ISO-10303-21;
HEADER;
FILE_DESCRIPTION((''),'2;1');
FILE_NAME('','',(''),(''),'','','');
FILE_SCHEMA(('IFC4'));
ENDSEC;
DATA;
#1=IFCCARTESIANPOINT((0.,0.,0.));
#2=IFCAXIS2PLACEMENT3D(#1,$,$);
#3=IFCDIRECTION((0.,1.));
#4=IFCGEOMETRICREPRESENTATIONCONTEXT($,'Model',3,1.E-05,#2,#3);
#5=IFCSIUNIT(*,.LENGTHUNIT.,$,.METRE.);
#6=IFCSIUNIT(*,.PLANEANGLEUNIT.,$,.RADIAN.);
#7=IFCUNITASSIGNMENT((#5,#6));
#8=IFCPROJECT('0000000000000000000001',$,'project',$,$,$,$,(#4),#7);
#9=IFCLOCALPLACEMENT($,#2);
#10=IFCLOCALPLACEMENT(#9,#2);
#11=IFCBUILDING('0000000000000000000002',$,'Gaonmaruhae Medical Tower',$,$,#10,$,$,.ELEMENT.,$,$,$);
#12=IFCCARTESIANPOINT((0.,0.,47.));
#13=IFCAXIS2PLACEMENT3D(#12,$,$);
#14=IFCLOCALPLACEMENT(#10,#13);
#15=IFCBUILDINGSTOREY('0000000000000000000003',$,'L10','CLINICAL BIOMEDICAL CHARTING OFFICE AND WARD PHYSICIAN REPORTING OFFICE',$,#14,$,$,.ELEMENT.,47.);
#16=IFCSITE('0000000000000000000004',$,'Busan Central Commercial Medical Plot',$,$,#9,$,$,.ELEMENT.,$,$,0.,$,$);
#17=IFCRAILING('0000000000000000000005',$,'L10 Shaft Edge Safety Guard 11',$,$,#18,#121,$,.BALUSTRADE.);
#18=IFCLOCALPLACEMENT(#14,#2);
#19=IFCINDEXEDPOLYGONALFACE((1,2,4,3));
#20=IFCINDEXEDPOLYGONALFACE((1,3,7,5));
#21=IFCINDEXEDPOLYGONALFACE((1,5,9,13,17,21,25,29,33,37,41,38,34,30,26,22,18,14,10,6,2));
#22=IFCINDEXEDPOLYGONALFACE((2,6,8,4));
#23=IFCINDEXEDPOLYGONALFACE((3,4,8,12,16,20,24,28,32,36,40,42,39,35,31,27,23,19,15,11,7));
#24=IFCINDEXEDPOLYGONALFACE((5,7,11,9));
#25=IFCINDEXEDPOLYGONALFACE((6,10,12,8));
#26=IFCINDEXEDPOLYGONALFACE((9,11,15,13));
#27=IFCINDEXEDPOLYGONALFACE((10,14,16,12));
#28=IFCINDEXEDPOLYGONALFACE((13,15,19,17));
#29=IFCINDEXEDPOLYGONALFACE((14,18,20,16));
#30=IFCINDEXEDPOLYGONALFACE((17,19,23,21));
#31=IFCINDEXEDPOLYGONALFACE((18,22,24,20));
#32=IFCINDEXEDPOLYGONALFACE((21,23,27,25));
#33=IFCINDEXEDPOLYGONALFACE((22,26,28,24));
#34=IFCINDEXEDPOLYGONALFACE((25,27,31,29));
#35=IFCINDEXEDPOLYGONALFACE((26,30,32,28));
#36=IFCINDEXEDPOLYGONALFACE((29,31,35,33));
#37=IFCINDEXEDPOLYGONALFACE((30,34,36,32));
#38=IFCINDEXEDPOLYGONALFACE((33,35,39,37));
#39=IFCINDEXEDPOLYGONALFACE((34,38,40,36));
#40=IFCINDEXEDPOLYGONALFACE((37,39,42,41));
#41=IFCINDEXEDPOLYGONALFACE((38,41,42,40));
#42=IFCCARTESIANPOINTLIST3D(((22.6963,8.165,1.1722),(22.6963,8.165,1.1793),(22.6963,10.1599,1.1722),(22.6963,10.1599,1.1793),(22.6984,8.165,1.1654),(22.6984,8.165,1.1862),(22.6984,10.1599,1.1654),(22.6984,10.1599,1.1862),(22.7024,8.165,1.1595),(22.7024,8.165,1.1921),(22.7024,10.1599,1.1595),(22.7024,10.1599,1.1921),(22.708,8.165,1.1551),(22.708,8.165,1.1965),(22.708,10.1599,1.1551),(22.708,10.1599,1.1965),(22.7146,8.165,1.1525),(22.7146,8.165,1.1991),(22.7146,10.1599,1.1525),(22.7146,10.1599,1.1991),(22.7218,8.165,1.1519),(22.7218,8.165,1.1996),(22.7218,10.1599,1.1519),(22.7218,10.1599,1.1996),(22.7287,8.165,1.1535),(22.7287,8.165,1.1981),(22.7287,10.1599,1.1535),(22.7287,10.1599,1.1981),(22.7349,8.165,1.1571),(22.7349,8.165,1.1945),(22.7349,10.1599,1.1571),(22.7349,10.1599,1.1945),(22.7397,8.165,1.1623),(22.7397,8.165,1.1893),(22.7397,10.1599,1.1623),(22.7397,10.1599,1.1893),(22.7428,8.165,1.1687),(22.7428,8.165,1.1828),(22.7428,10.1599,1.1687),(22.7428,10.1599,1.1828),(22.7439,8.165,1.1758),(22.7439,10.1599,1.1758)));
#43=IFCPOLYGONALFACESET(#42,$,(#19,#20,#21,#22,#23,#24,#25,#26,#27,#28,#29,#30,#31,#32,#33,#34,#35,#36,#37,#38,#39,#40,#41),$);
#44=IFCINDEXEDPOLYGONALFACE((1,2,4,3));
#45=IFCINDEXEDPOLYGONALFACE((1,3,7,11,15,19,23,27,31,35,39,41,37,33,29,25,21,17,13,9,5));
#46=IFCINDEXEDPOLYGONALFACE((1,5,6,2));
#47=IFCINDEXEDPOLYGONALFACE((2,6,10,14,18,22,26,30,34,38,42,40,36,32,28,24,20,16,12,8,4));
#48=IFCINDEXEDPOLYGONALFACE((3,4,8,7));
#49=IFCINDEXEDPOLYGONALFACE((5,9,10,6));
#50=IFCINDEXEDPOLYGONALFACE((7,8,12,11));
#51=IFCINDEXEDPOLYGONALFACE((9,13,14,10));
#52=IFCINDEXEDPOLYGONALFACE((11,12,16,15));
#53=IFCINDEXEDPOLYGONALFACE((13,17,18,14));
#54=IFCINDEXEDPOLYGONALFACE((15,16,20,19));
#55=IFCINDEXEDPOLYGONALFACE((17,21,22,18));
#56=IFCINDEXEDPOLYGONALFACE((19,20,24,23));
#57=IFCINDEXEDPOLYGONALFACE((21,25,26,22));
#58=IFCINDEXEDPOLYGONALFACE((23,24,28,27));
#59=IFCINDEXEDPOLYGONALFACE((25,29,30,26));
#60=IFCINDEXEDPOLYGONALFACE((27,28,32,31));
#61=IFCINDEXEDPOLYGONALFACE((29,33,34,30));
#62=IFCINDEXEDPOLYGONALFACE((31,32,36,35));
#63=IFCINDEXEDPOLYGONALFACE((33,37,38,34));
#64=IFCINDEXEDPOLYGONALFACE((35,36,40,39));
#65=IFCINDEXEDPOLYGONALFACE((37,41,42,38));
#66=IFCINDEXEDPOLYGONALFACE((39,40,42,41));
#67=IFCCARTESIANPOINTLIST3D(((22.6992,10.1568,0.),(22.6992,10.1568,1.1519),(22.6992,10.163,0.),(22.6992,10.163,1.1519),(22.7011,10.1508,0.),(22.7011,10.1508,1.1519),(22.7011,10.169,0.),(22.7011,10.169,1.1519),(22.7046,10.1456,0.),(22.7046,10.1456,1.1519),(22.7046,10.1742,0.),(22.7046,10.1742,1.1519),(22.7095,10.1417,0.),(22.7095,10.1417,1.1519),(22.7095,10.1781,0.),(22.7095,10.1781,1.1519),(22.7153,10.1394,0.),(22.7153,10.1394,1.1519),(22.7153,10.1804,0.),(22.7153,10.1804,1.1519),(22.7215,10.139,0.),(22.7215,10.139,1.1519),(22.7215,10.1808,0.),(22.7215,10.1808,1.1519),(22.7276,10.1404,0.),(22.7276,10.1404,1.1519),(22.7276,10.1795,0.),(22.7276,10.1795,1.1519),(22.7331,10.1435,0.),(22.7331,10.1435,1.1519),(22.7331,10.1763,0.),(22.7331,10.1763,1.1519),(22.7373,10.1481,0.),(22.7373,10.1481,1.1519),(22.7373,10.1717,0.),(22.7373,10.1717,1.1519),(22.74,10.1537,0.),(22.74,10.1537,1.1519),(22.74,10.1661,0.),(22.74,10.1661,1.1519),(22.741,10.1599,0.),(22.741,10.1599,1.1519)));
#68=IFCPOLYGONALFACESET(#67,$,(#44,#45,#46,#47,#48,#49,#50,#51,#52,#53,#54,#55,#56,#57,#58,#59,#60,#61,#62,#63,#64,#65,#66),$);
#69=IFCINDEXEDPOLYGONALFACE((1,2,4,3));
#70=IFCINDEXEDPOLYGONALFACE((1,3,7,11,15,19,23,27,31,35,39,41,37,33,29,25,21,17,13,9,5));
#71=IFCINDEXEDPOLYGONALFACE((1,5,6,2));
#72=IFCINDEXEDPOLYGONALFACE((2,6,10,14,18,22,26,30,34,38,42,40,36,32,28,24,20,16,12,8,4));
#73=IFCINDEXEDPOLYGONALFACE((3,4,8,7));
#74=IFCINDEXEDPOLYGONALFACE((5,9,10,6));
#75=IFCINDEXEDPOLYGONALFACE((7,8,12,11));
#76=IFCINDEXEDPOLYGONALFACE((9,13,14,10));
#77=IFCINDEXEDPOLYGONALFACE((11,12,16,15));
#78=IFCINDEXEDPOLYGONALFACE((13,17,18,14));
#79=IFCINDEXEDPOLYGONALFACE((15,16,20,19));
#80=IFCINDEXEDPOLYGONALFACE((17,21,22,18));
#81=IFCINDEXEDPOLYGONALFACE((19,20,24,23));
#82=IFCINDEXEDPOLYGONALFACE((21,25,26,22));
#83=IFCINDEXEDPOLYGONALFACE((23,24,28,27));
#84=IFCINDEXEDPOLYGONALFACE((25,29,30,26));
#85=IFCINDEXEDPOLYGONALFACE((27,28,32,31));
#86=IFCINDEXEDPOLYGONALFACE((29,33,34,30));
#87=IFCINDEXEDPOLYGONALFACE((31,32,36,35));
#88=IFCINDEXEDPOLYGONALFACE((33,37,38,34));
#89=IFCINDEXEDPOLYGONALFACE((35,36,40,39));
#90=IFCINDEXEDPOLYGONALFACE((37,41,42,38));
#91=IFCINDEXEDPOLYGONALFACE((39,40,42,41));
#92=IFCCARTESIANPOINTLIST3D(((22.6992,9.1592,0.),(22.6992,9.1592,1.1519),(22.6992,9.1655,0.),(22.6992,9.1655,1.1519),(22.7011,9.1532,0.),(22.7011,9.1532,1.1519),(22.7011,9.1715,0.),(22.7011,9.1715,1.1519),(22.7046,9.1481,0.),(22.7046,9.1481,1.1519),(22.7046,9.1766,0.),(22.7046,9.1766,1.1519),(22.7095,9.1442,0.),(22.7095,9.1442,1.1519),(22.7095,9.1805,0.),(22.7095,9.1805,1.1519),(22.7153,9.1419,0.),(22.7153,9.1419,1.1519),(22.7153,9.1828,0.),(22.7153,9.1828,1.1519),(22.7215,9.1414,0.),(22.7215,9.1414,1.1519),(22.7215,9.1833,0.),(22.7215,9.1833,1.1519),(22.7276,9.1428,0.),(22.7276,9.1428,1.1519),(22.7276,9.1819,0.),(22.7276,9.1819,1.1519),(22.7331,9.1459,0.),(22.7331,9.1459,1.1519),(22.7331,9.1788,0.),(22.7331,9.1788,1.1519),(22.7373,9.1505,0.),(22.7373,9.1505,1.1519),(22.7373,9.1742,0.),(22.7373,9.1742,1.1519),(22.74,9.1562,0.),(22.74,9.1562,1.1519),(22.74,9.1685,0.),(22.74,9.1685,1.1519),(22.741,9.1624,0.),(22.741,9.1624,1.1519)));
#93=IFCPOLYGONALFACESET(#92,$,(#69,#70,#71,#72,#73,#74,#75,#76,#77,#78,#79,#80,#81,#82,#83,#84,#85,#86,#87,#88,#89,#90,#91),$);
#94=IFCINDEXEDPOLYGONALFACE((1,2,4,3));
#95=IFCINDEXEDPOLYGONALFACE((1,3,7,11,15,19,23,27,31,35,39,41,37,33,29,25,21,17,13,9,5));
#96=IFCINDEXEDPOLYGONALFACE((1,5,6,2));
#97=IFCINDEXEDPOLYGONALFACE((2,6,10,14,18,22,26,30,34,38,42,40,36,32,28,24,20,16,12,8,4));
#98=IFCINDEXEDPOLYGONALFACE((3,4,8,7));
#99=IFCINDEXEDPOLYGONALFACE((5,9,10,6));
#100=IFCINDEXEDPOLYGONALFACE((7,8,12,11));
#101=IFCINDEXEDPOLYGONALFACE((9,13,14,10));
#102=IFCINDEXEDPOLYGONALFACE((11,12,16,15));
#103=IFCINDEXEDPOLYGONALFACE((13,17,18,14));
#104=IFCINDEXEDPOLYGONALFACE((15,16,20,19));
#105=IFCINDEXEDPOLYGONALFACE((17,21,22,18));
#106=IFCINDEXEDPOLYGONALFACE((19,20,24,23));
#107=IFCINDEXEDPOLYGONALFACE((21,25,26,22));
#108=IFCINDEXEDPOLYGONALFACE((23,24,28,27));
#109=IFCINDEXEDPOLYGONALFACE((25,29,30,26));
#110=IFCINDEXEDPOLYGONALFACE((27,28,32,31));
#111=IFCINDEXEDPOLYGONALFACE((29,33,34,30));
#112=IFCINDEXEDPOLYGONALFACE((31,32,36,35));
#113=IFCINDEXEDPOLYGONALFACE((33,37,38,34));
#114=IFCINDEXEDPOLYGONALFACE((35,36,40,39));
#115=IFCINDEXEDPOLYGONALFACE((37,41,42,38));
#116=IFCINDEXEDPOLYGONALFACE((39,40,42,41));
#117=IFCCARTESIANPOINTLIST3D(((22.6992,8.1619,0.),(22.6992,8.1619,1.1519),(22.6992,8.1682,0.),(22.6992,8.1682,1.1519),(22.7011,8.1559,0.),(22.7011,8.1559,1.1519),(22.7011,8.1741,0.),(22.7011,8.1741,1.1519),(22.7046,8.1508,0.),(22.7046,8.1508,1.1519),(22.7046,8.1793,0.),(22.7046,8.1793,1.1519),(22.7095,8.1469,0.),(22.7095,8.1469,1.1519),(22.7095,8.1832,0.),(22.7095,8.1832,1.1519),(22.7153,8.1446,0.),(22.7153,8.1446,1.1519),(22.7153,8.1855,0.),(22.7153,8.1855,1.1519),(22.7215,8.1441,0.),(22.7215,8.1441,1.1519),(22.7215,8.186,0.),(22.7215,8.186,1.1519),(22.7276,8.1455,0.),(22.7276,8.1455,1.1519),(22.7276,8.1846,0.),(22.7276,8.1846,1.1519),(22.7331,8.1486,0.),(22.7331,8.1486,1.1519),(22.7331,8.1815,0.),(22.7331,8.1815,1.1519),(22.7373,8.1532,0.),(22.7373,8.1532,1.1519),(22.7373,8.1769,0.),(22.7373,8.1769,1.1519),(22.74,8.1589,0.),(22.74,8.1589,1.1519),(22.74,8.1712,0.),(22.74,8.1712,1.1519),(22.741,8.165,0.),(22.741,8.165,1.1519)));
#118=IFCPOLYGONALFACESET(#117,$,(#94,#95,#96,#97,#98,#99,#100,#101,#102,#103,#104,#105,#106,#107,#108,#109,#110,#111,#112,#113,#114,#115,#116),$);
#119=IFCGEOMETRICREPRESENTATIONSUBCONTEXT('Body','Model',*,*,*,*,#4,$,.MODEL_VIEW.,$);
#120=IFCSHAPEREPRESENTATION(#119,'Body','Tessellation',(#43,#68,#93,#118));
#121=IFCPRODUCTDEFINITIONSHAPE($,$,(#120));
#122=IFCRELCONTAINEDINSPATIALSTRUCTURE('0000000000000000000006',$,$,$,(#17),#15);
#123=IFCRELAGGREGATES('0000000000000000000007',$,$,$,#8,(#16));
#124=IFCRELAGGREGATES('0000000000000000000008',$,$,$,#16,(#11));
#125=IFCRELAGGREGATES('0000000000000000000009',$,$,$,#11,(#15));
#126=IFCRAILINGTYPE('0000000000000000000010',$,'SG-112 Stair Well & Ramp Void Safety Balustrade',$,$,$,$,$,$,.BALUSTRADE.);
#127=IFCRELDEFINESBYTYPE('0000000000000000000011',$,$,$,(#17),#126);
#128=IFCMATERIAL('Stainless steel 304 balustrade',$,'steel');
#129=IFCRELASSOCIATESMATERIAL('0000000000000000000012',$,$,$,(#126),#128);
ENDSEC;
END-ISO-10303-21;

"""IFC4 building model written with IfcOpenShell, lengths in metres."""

from ifc_helpers import new_model, si_unit, direction, frame, origin, origin_2d, place, context, subcontext, project, spatial, circle, extrude, material, type_object, element, save


model = new_model("IFC4")

# Units and contexts
model_context = context("Model", 3, precision=1e-05, world=origin(), true_north=direction((0.0, 1.0)))
body_context = subcontext(model_context, "Body", "Model", "MODEL_VIEW")
ifc_project = project(units=[si_unit("LENGTHUNIT", "METRE"), si_unit("PLANEANGLEUNIT", "RADIAN")], contexts=[model_context])

# Site, building, storey
site_placement = place(None, origin())
site = spatial("IfcSite", under=ifc_project, at=site_placement, Name="Busan Central Commercial Medical Plot", CompositionType="ELEMENT", RefElevation=0.0)
building_placement = place(site_placement, origin())
building = spatial("IfcBuilding", under=site, at=building_placement, Name="Gaonmaruhae Medical Tower", CompositionType="ELEMENT")
storey_placement = place(building_placement, frame((0.0, 0.0, 47.0)))
storey = spatial("IfcBuildingStorey", under=building, at=storey_placement, Name="L10", Description="CLINICAL BIOMEDICAL CHARTING OFFICE AND WARD PHYSICIAN REPORTING OFFICE", CompositionType="ELEMENT", Elevation=47.0)

# Railing
ifc_material_1 = material(Name="Stainless steel 304 balustrade", Category="steel")
railing_type = type_object("IfcRailingType", Name="SG-112 Stair Well & Ramp Void Safety Balustrade", PredefinedType="BALUSTRADE", material=ifc_material_1)
railing_placement = place(storey_placement, frame((22.72, 10.1599, 0.0)))
element("IfcRailing", 1, at=railing_placement, inside=storey, type_object=railing_type, Name="L10 Shaft Edge Safety Guard 11", PredefinedType="BALUSTRADE", context=body_context, shape_type="SweptSolid", body=[
    extrude(circle(Radius=0.0239, at=origin_2d()), frame((0.0, 0.0, 1.1758), z_axis=(0.0, -1.0, 0.0), x_axis=(1.0, 0.0, 0.0)), (0.0, 0.0, 1.0), 1.9949),
    extrude(circle(Radius=0.021, at=origin_2d()), origin(), (0.0, 0.0, 1.0), 1.1519),
    extrude(circle(Radius=0.021, at=origin_2d()), frame((0.0, -0.9976, 0.0)), (0.0, 0.0, 1.0), 1.1519),
    extrude(circle(Radius=0.021, at=origin_2d()), frame((0.0, -1.9949, 0.0)), (0.0, 0.0, 1.0), 1.1519),
])

save(model, "model.ifc")
